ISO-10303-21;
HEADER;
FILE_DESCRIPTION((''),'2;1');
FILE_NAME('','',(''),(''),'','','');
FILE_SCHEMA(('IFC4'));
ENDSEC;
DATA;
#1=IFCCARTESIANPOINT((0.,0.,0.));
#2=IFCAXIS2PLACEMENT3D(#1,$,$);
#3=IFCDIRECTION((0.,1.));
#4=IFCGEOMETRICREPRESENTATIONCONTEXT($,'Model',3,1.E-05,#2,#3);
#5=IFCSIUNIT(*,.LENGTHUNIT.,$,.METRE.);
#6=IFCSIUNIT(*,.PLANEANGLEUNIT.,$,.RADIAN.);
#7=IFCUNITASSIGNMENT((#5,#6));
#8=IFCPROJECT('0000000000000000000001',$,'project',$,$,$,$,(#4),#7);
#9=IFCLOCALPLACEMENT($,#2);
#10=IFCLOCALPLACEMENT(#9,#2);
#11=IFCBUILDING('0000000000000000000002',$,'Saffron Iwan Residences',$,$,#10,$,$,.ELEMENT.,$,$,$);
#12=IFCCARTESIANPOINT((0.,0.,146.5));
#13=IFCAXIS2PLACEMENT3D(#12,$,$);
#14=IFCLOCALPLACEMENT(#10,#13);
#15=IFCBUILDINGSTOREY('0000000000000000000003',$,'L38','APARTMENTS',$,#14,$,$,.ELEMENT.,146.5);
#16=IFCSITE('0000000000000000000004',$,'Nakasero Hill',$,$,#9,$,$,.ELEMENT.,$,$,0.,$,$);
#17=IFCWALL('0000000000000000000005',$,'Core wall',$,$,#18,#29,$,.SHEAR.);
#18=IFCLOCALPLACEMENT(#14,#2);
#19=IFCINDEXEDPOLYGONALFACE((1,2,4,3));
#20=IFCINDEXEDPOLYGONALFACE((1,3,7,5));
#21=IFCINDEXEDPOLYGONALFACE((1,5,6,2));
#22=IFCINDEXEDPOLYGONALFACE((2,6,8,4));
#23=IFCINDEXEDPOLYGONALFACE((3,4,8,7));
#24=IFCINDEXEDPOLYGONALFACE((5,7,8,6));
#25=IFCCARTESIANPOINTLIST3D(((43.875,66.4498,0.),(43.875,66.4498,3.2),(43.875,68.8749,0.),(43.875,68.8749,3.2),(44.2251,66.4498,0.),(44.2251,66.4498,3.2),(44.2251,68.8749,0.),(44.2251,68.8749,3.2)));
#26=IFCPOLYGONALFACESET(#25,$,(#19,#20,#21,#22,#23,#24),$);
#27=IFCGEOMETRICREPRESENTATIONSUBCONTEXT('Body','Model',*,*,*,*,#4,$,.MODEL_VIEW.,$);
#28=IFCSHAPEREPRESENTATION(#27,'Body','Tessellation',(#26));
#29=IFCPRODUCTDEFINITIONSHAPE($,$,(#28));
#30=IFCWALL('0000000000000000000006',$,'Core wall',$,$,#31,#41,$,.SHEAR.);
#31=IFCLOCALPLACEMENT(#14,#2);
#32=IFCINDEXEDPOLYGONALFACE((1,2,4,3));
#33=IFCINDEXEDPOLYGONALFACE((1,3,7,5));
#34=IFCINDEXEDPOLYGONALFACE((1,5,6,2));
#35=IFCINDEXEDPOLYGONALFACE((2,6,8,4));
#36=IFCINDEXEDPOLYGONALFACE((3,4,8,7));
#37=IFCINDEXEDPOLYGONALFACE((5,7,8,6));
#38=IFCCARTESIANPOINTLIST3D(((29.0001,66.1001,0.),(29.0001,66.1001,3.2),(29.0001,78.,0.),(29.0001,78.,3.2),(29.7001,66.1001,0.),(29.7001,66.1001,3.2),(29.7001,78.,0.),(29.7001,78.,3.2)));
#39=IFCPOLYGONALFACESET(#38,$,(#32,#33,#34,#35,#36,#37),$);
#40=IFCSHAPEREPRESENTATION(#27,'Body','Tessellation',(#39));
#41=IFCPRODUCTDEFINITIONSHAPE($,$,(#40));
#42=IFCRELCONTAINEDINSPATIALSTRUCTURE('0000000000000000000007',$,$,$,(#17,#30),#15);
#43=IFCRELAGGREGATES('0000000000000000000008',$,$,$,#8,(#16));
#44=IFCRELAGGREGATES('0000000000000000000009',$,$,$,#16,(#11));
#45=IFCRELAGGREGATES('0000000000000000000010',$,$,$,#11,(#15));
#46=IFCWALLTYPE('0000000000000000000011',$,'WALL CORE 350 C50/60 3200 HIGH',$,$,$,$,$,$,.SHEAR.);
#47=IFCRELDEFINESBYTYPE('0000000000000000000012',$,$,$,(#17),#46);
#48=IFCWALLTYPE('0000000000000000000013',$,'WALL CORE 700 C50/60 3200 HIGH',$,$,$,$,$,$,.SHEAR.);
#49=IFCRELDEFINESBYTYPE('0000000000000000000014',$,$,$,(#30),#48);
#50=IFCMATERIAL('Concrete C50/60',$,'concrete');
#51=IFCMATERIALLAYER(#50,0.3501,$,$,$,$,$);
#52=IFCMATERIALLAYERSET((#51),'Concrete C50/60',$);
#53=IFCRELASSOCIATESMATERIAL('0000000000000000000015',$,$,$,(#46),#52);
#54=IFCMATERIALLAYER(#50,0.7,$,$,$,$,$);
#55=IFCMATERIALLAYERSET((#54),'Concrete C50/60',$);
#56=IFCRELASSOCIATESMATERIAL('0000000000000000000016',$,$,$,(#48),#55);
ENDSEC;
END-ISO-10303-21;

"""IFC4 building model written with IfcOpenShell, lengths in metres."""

from ifc_helpers import new_model, si_unit, direction, frame, frame_2d, origin, place, context, subcontext, project, spatial, rectangle, extrude, material, layer, layer_set, type_object, element, save


model = new_model("IFC4")

# Units and contexts
model_context = context("Model", 3, precision=1e-05, world=origin(), true_north=direction((0.0, 1.0)))
body_context = subcontext(model_context, "Body", "Model", "MODEL_VIEW")
ifc_project = project(units=[si_unit("LENGTHUNIT", "METRE"), si_unit("PLANEANGLEUNIT", "RADIAN")], contexts=[model_context])

# Site, building, storey
site_placement = place(None, origin())
site = spatial("IfcSite", under=ifc_project, at=site_placement, Name="Nakasero Hill", CompositionType="ELEMENT", RefElevation=0.0)
building_placement = place(site_placement, origin())
building = spatial("IfcBuilding", under=site, at=building_placement, Name="Saffron Iwan Residences", CompositionType="ELEMENT")
storey_placement = place(building_placement, frame((0.0, 0.0, 146.5)))
storey = spatial("IfcBuildingStorey", under=building, at=storey_placement, Name="L38", Description="APARTMENTS", CompositionType="ELEMENT", Elevation=146.5)

# Shared definitions
ifc_material_1 = material(Name="Concrete C50/60", Category="concrete")

# Shared definitions
ifc_layer_1 = layer(ifc_material_1, 0.3501)
ifc_layer_set_1 = layer_set([ifc_layer_1], Name="Concrete C50/60")
wall_type_1 = type_object("IfcWallType", Name="WALL CORE 350 C50/60 3200 HIGH", PredefinedType="SHEAR", material=ifc_layer_set_1)

# Walls
for number, where, z_axis, x_axis, name in (
    (1, (44.05, 66.45, 0.0), (0.0, 0.0, 1.0), (0.0, 1.0, 0.0), "Core wall"),
):
    element("IfcWall", number, at=place(storey_placement, frame(where, z_axis=z_axis, x_axis=x_axis)), inside=storey, type_object=wall_type_1, Name=name, PredefinedType="SHEAR", context=body_context, shape_type="SweptSolid", body=[
        extrude(rectangle(XDim=2.425, YDim=0.3501, at=frame_2d((1.2124, 0.0))), origin(), (0.0, 0.0, 1.0), 3.2),
    ])
ifc_layer_2 = layer(ifc_material_1, 0.7)
ifc_layer_set_2 = layer_set([ifc_layer_2], Name="Concrete C50/60")
wall_type_2 = type_object("IfcWallType", Name="WALL CORE 700 C50/60 3200 HIGH", PredefinedType="SHEAR", material=ifc_layer_set_2)
wall_1_placement = place(storey_placement, frame((29.3501, 66.1001, 0.0), z_axis=(0.0, 0.0, 1.0), x_axis=(0.0, 1.0, 0.0)))
element("IfcWall", 2, at=wall_1_placement, inside=storey, type_object=wall_type_2, Name="Core wall", PredefinedType="SHEAR", context=body_context, shape_type="SweptSolid", body=[
    extrude(rectangle(XDim=11.8999, YDim=0.7, at=frame_2d((5.95, 0.0))), origin(), (0.0, 0.0, 1.0), 3.2),
])

save(model, "model.ifc")
